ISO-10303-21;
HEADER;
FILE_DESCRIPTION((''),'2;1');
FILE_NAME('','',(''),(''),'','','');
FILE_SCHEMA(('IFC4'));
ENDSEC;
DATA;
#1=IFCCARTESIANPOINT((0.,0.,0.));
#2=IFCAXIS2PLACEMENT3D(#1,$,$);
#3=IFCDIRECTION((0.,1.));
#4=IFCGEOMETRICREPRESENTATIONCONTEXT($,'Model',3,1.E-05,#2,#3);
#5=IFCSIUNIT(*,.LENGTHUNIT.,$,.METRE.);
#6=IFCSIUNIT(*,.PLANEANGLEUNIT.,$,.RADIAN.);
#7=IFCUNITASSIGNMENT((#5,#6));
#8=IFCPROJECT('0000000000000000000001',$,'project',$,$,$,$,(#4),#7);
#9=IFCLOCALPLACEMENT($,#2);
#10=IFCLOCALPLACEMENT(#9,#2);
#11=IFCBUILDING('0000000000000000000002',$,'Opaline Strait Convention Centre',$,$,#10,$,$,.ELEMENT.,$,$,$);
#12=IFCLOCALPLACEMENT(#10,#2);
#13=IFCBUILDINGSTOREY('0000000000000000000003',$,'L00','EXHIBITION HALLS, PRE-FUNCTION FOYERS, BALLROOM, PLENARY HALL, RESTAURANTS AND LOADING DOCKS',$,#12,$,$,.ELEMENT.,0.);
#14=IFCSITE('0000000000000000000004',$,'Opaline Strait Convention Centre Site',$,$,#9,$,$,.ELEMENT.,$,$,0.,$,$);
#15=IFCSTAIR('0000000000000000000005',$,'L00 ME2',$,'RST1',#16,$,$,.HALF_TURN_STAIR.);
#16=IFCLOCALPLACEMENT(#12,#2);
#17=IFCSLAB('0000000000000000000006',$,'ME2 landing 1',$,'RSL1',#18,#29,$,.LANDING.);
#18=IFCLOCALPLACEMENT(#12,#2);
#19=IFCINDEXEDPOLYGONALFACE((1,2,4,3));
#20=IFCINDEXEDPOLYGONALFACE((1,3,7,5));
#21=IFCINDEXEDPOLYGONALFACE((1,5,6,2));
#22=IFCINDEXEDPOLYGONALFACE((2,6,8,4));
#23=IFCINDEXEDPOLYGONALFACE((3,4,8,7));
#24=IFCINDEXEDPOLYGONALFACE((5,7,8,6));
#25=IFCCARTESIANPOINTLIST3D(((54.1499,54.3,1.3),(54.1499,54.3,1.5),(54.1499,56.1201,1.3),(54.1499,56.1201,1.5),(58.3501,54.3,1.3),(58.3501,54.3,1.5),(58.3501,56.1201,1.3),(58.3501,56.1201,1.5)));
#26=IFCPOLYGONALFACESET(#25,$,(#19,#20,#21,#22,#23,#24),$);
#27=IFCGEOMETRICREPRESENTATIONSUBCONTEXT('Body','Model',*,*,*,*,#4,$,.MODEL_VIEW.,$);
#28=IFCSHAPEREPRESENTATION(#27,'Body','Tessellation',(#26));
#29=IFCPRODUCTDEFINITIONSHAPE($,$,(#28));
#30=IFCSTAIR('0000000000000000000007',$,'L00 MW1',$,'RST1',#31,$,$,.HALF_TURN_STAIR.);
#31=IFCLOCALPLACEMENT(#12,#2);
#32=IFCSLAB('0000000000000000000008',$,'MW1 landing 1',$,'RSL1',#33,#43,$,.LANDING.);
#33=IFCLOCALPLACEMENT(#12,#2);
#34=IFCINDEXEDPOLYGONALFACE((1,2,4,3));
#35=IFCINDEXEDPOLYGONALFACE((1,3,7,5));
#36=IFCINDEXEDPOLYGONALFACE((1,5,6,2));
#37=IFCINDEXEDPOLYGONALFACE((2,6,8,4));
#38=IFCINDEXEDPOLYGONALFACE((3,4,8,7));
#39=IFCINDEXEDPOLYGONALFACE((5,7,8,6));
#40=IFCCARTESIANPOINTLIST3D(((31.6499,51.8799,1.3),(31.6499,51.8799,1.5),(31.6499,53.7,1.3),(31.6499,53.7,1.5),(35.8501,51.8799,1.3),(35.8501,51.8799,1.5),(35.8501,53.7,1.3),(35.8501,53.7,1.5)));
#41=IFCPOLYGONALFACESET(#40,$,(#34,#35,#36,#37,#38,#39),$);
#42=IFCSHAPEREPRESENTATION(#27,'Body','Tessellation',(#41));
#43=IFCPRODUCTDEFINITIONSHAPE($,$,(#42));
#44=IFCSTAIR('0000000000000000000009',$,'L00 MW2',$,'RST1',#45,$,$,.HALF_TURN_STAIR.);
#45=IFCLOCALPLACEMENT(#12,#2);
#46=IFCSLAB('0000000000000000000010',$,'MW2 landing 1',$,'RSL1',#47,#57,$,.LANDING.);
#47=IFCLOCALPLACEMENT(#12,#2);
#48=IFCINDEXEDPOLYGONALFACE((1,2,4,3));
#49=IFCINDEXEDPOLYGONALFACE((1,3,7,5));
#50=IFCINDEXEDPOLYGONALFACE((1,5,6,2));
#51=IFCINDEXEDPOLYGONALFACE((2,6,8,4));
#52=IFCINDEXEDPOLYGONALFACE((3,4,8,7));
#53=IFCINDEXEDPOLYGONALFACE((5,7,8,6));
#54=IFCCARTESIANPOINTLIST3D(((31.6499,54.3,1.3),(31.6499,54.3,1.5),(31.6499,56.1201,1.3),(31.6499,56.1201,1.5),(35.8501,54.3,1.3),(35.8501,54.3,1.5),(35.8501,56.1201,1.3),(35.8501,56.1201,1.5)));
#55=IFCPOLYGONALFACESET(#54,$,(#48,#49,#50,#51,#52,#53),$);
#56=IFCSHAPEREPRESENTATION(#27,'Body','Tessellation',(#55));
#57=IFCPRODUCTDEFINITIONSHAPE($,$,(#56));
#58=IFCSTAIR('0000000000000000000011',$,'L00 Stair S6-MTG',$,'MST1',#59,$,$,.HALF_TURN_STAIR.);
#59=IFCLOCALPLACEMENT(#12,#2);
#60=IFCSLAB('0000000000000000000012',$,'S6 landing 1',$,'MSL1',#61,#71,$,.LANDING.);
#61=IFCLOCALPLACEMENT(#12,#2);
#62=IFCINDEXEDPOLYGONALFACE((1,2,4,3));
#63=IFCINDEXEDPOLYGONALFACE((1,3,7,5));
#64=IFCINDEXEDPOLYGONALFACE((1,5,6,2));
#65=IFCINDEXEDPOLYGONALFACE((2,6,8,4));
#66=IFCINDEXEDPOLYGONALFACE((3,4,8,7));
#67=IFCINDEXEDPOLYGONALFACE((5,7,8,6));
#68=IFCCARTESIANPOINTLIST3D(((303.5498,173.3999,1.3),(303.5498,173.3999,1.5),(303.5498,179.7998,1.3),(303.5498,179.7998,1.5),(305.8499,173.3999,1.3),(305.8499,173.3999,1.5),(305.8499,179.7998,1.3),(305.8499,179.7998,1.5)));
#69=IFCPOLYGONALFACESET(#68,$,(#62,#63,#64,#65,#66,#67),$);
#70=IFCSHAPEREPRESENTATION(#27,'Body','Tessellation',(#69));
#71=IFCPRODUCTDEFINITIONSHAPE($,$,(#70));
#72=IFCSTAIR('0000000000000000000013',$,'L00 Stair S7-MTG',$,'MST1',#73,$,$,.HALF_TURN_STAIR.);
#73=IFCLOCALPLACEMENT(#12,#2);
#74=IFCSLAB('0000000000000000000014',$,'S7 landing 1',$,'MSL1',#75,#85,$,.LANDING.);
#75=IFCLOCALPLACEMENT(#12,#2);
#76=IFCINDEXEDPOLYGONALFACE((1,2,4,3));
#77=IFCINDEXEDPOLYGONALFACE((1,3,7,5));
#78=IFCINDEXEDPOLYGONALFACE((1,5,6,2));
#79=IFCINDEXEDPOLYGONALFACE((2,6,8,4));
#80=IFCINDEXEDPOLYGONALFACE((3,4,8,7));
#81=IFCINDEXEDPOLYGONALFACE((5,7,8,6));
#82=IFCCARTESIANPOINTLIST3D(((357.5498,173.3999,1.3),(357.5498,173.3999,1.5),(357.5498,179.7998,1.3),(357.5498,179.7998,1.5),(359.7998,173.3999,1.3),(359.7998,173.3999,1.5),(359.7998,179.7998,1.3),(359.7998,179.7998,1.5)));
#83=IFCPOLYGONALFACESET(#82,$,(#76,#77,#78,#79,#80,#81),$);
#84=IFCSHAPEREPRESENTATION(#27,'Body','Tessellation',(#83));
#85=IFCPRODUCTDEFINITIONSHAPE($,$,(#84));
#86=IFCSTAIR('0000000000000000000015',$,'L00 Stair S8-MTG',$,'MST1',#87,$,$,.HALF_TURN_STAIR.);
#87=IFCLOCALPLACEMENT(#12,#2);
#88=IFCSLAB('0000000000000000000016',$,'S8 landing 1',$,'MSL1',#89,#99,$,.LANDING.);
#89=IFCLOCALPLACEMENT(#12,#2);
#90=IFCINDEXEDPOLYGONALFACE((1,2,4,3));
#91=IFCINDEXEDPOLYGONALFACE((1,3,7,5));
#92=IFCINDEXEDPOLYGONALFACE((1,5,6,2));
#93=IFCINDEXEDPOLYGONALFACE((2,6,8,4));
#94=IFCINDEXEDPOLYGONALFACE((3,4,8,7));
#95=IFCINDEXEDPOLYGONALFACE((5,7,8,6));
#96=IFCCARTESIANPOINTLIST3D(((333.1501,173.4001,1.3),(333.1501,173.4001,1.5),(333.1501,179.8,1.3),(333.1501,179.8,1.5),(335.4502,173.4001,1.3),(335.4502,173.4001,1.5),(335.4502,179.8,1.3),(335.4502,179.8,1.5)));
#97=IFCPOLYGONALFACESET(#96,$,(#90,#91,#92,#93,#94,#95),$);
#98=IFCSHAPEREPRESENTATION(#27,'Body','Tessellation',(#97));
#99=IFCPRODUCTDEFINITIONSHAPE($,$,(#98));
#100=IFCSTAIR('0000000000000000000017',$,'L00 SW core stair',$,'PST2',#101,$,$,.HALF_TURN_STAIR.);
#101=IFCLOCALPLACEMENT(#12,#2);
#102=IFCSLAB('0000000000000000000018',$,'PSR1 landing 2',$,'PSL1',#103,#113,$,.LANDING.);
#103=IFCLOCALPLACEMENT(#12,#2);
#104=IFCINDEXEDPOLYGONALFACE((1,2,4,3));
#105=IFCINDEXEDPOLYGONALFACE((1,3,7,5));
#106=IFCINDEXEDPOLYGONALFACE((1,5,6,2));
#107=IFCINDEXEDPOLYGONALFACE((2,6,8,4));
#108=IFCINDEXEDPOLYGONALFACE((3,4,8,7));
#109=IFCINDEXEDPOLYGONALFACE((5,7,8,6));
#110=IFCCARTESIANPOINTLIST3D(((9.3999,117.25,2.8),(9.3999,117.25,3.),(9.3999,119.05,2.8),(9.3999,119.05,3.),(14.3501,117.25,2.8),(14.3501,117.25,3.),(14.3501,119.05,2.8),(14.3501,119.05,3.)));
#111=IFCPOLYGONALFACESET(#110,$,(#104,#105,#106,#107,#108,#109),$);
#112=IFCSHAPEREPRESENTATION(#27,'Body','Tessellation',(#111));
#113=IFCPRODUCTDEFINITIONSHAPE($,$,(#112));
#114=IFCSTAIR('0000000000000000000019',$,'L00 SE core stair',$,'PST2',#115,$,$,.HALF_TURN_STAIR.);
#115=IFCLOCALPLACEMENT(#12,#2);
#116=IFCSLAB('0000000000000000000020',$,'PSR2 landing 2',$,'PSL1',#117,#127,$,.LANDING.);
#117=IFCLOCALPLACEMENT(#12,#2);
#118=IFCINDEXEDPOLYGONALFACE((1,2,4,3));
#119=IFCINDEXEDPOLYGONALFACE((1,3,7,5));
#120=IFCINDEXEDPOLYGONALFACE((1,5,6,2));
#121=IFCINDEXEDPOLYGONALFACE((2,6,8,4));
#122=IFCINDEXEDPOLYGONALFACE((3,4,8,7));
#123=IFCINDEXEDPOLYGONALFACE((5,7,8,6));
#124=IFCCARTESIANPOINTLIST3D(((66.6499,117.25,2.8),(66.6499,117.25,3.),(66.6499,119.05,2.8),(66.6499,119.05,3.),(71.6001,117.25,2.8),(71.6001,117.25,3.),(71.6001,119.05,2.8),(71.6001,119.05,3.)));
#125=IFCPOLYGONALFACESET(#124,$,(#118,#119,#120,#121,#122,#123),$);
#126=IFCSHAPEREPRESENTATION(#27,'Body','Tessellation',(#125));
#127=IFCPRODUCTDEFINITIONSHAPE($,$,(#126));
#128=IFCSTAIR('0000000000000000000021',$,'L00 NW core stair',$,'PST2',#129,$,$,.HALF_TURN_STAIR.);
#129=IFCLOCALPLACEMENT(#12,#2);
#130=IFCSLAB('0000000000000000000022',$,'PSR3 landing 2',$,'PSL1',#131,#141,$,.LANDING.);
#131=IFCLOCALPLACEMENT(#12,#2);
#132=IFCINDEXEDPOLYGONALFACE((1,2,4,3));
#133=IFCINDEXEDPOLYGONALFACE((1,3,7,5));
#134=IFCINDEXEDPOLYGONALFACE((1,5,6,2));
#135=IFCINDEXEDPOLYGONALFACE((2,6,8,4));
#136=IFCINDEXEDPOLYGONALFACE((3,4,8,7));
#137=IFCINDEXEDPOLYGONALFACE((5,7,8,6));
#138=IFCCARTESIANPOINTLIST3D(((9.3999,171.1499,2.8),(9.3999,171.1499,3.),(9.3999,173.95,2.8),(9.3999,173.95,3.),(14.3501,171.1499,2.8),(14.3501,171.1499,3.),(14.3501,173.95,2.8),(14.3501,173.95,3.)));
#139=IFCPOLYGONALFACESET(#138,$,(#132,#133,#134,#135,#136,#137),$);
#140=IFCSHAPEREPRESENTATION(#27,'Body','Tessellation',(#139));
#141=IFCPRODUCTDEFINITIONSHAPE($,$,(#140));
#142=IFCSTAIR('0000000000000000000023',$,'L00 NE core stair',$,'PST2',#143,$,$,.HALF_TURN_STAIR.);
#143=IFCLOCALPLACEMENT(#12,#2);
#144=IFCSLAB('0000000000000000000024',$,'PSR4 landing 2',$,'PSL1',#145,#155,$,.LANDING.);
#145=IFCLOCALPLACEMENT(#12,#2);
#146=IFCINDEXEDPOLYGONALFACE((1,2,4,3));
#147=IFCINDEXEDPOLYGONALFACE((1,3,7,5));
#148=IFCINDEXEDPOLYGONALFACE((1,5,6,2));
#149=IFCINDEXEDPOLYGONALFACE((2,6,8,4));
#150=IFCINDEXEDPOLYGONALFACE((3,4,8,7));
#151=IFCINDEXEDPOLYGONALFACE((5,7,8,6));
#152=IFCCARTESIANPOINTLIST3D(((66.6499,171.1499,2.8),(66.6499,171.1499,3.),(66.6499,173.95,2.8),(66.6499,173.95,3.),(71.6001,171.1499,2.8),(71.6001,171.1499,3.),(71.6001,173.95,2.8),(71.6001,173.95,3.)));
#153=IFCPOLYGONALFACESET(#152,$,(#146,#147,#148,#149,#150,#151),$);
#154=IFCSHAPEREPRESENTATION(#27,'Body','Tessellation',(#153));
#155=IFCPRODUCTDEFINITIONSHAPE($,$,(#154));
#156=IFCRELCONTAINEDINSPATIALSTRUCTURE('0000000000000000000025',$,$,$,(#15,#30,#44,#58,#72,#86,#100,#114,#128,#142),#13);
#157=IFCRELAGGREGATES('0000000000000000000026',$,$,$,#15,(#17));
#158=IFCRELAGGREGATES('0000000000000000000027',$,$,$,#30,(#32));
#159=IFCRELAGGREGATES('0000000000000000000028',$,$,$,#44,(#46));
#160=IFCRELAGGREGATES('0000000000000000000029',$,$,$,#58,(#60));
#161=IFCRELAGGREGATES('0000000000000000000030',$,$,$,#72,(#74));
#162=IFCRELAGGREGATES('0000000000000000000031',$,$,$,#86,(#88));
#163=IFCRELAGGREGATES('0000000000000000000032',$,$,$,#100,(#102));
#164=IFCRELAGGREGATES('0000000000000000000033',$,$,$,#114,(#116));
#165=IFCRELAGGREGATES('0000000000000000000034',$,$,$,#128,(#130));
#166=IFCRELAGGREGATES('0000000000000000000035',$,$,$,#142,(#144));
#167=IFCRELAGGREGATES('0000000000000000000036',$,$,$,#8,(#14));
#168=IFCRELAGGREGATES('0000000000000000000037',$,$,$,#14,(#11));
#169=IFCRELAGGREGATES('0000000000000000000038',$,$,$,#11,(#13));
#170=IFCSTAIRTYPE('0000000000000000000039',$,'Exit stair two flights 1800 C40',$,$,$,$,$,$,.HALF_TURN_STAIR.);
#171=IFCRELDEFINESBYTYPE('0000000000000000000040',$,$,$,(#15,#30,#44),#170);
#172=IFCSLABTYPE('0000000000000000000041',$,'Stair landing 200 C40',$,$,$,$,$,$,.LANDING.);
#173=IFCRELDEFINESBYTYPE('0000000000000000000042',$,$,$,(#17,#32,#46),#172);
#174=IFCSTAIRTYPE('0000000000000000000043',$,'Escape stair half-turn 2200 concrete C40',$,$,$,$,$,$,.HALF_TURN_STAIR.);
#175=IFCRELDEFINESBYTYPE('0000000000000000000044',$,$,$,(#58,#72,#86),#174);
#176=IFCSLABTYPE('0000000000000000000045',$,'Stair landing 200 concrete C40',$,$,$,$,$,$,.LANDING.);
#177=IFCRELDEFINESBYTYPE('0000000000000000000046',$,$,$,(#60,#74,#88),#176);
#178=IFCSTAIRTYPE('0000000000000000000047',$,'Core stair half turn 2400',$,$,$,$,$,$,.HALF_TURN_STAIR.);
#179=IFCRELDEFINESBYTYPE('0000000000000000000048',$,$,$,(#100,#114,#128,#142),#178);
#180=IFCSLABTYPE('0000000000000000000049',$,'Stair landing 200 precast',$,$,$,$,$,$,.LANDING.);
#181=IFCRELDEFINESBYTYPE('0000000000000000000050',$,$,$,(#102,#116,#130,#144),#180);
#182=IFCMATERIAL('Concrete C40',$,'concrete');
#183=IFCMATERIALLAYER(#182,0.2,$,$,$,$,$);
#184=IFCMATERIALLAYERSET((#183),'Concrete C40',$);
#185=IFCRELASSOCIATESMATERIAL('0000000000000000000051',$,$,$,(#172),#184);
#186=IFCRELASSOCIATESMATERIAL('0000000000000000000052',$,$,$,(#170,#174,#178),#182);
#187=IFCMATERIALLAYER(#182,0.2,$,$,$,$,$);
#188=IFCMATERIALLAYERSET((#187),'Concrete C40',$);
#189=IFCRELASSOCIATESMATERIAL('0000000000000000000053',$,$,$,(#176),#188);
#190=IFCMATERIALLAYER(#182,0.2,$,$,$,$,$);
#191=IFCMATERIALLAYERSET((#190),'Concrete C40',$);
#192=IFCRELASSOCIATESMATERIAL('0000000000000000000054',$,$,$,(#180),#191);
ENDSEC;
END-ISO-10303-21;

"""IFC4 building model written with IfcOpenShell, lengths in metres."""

from ifc_helpers import new_model, si_unit, direction, frame, origin, place, context, subcontext, project, spatial, polyline, outline, extrude, material, layer, layer_set, type_object, element, aggregate, save


model = new_model("IFC4")

# Units and contexts
model_context = context("Model", 3, precision=1e-05, world=origin(), true_north=direction((0.0, 1.0)))
body_context = subcontext(model_context, "Body", "Model", "MODEL_VIEW")
ifc_project = project(units=[si_unit("LENGTHUNIT", "METRE"), si_unit("PLANEANGLEUNIT", "RADIAN")], contexts=[model_context])

# Site, building, storey
site_placement = place(None, origin())
site = spatial("IfcSite", under=ifc_project, at=site_placement, Name="Opaline Strait Convention Centre Site", CompositionType="ELEMENT", RefElevation=0.0)
building_placement = place(site_placement, origin())
building = spatial("IfcBuilding", under=site, at=building_placement, Name="Opaline Strait Convention Centre", CompositionType="ELEMENT")
storey_placement = place(building_placement, origin())
storey = spatial("IfcBuildingStorey", under=building, at=storey_placement, Name="L00", Description="EXHIBITION HALLS, PRE-FUNCTION FOYERS, BALLROOM, PLENARY HALL, RESTAURANTS AND LOADING DOCKS", CompositionType="ELEMENT", Elevation=0.0)

# Stairs, slabs
ifc_material = material(Name="Concrete C40", Category="concrete")
ifc_layer_1 = layer(ifc_material, 0.2)
ifc_layer_set_1 = layer_set([ifc_layer_1], Name="Concrete C40")
slab_type_1 = type_object("IfcSlabType", Name="Stair landing 200 C40", PredefinedType="LANDING", material=ifc_layer_set_1)
stair_type_1 = type_object("IfcStairType", Name="Exit stair two flights 1800 C40", PredefinedType="HALF_TURN_STAIR", material=ifc_material)
stair_1_placement = place(storey_placement, origin())
stair_1 = element("IfcStair", 1, at=stair_1_placement, inside=storey, type_object=stair_type_1, Name="L00 ME2", ObjectType="RST1", PredefinedType="HALF_TURN_STAIR")
slab_1_placement = place(storey_placement, frame((0.0, 0.0, 1.3)))
slab_1 = element("IfcSlab", 2, at=slab_1_placement, type_object=slab_type_1, Name="ME2 landing 1", ObjectType="RSL1", PredefinedType="LANDING", context=body_context, shape_type="SweptSolid", body=[
    extrude(outline(polyline([(54.1499, 56.1201), (54.1499, 54.3), (58.3501, 54.3), (58.3501, 56.1201), (54.1499, 56.1201)])), origin(), (0.0, 0.0, 1.0), 0.2),
])
aggregate(stair_1, [slab_1])
stair_2_placement = place(storey_placement, origin())
stair_2 = element("IfcStair", 3, at=stair_2_placement, inside=storey, type_object=stair_type_1, Name="L00 MW1", ObjectType="RST1", PredefinedType="HALF_TURN_STAIR")
slab_2_placement = place(storey_placement, frame((0.0, 0.0, 1.3)))
slab_2 = element("IfcSlab", 4, at=slab_2_placement, type_object=slab_type_1, Name="MW1 landing 1", ObjectType="RSL1", PredefinedType="LANDING", context=body_context, shape_type="SweptSolid", body=[
    extrude(outline(polyline([(35.8501, 51.8799), (35.8501, 53.7), (31.6499, 53.7), (31.6499, 51.8799), (35.8501, 51.8799)])), origin(), (0.0, 0.0, 1.0), 0.2),
])
aggregate(stair_2, [slab_2])
stair_3_placement = place(storey_placement, origin())
stair_3 = element("IfcStair", 5, at=stair_3_placement, inside=storey, type_object=stair_type_1, Name="L00 MW2", ObjectType="RST1", PredefinedType="HALF_TURN_STAIR")
slab_3_placement = place(storey_placement, frame((0.0, 0.0, 1.3)))
slab_3 = element("IfcSlab", 6, at=slab_3_placement, type_object=slab_type_1, Name="MW2 landing 1", ObjectType="RSL1", PredefinedType="LANDING", context=body_context, shape_type="SweptSolid", body=[
    extrude(outline(polyline([(31.6499, 56.1201), (31.6499, 54.3), (35.8501, 54.3), (35.8501, 56.1201), (31.6499, 56.1201)])), origin(), (0.0, 0.0, 1.0), 0.2),
])
aggregate(stair_3, [slab_3])
stair_type_2 = type_object("IfcStairType", Name="Escape stair half-turn 2200 concrete C40", PredefinedType="HALF_TURN_STAIR", material=ifc_material)
stair_4_placement = place(storey_placement, origin())
stair_4 = element("IfcStair", 7, at=stair_4_placement, inside=storey, type_object=stair_type_2, Name="L00 Stair S6-MTG", ObjectType="MST1", PredefinedType="HALF_TURN_STAIR")
ifc_layer_2 = layer(ifc_material, 0.2)
ifc_layer_set_2 = layer_set([ifc_layer_2], Name="Concrete C40")
slab_type_2 = type_object("IfcSlabType", Name="Stair landing 200 concrete C40", PredefinedType="LANDING", material=ifc_layer_set_2)
slab_4_placement = place(storey_placement, frame((0.0, 0.0, 1.3)))
slab_4 = element("IfcSlab", 8, at=slab_4_placement, type_object=slab_type_2, Name="S6 landing 1", ObjectType="MSL1", PredefinedType="LANDING", context=body_context, shape_type="SweptSolid", body=[
    extrude(outline(polyline([(303.5498, 173.3999), (305.8499, 173.3999), (305.8499, 179.7998), (303.5498, 179.7998), (303.5498, 173.3999)])), origin(), (0.0, 0.0, 1.0), 0.2),
])
aggregate(stair_4, [slab_4])
stair_5_placement = place(storey_placement, origin())
stair_5 = element("IfcStair", 9, at=stair_5_placement, inside=storey, type_object=stair_type_2, Name="L00 Stair S7-MTG", ObjectType="MST1", PredefinedType="HALF_TURN_STAIR")
slab_5_placement = place(storey_placement, frame((0.0, 0.0, 1.3)))
slab_5 = element("IfcSlab", 10, at=slab_5_placement, type_object=slab_type_2, Name="S7 landing 1", ObjectType="MSL1", PredefinedType="LANDING", context=body_context, shape_type="SweptSolid", body=[
    extrude(outline(polyline([(357.5498, 173.3999), (359.7998, 173.3999), (359.7998, 179.7998), (357.5498, 179.7998), (357.5498, 173.3999)])), origin(), (0.0, 0.0, 1.0), 0.2),
])
aggregate(stair_5, [slab_5])
stair_6_placement = place(storey_placement, origin())
stair_6 = element("IfcStair", 11, at=stair_6_placement, inside=storey, type_object=stair_type_2, Name="L00 Stair S8-MTG", ObjectType="MST1", PredefinedType="HALF_TURN_STAIR")
slab_6_placement = place(storey_placement, frame((0.0, 0.0, 1.3)))
slab_6 = element("IfcSlab", 12, at=slab_6_placement, type_object=slab_type_2, Name="S8 landing 1", ObjectType="MSL1", PredefinedType="LANDING", context=body_context, shape_type="SweptSolid", body=[
    extrude(outline(polyline([(335.4502, 179.8), (333.1501, 179.8), (333.1501, 173.4001), (335.4502, 173.4001), (335.4502, 179.8)])), origin(), (0.0, 0.0, 1.0), 0.2),
])
aggregate(stair_6, [slab_6])
stair_type_3 = type_object("IfcStairType", Name="Core stair half turn 2400", PredefinedType="HALF_TURN_STAIR", material=ifc_material)
stair_7_placement = place(storey_placement, origin())
stair_7 = element("IfcStair", 13, at=stair_7_placement, inside=storey, type_object=stair_type_3, Name="L00 SW core stair", ObjectType="PST2", PredefinedType="HALF_TURN_STAIR")
ifc_layer_3 = layer(ifc_material, 0.2)
ifc_layer_set_3 = layer_set([ifc_layer_3], Name="Concrete C40")
slab_type_3 = type_object("IfcSlabType", Name="Stair landing 200 precast", PredefinedType="LANDING", material=ifc_layer_set_3)
slab_7_placement = place(storey_placement, frame((0.0, 0.0, 2.8)))
slab_7 = element("IfcSlab", 14, at=slab_7_placement, type_object=slab_type_3, Name="PSR1 landing 2", ObjectType="PSL1", PredefinedType="LANDING", context=body_context, shape_type="SweptSolid", body=[
    extrude(outline(polyline([(14.3501, 117.25), (14.3501, 119.05), (9.3999, 119.05), (9.3999, 117.25), (14.3501, 117.25)])), origin(), (0.0, 0.0, 1.0), 0.2),
])
aggregate(stair_7, [slab_7])
stair_8_placement = place(storey_placement, origin())
stair_8 = element("IfcStair", 15, at=stair_8_placement, inside=storey, type_object=stair_type_3, Name="L00 SE core stair", ObjectType="PST2", PredefinedType="HALF_TURN_STAIR")
slab_8_placement = place(storey_placement, frame((0.0, 0.0, 2.8)))
slab_8 = element("IfcSlab", 16, at=slab_8_placement, type_object=slab_type_3, Name="PSR2 landing 2", ObjectType="PSL1", PredefinedType="LANDING", context=body_context, shape_type="SweptSolid", body=[
    extrude(outline(polyline([(71.6001, 117.25), (71.6001, 119.05), (66.6499, 119.05), (66.6499, 117.25), (71.6001, 117.25)])), origin(), (0.0, 0.0, 1.0), 0.2),
])
aggregate(stair_8, [slab_8])
stair_9_placement = place(storey_placement, origin())
stair_9 = element("IfcStair", 17, at=stair_9_placement, inside=storey, type_object=stair_type_3, Name="L00 NW core stair", ObjectType="PST2", PredefinedType="HALF_TURN_STAIR")
slab_9_placement = place(storey_placement, frame((0.0, 0.0, 2.8)))
slab_9 = element("IfcSlab", 18, at=slab_9_placement, type_object=slab_type_3, Name="PSR3 landing 2", ObjectType="PSL1", PredefinedType="LANDING", context=body_context, shape_type="SweptSolid", body=[
    extrude(outline(polyline([(14.3501, 171.1499), (14.3501, 173.95), (9.3999, 173.95), (9.3999, 171.1499), (14.3501, 171.1499)])), origin(), (0.0, 0.0, 1.0), 0.2),
])
aggregate(stair_9, [slab_9])
stair_10_placement = place(storey_placement, origin())
stair_10 = element("IfcStair", 19, at=stair_10_placement, inside=storey, type_object=stair_type_3, Name="L00 NE core stair", ObjectType="PST2", PredefinedType="HALF_TURN_STAIR")
slab_10_placement = place(storey_placement, frame((0.0, 0.0, 2.8)))
slab_10 = element("IfcSlab", 20, at=slab_10_placement, type_object=slab_type_3, Name="PSR4 landing 2", ObjectType="PSL1", PredefinedType="LANDING", context=body_context, shape_type="SweptSolid", body=[
    extrude(outline(polyline([(71.6001, 171.1499), (71.6001, 173.95), (66.6499, 173.95), (66.6499, 171.1499), (71.6001, 171.1499)])), origin(), (0.0, 0.0, 1.0), 0.2),
])
aggregate(stair_10, [slab_10])

save(model, "model.ifc")
